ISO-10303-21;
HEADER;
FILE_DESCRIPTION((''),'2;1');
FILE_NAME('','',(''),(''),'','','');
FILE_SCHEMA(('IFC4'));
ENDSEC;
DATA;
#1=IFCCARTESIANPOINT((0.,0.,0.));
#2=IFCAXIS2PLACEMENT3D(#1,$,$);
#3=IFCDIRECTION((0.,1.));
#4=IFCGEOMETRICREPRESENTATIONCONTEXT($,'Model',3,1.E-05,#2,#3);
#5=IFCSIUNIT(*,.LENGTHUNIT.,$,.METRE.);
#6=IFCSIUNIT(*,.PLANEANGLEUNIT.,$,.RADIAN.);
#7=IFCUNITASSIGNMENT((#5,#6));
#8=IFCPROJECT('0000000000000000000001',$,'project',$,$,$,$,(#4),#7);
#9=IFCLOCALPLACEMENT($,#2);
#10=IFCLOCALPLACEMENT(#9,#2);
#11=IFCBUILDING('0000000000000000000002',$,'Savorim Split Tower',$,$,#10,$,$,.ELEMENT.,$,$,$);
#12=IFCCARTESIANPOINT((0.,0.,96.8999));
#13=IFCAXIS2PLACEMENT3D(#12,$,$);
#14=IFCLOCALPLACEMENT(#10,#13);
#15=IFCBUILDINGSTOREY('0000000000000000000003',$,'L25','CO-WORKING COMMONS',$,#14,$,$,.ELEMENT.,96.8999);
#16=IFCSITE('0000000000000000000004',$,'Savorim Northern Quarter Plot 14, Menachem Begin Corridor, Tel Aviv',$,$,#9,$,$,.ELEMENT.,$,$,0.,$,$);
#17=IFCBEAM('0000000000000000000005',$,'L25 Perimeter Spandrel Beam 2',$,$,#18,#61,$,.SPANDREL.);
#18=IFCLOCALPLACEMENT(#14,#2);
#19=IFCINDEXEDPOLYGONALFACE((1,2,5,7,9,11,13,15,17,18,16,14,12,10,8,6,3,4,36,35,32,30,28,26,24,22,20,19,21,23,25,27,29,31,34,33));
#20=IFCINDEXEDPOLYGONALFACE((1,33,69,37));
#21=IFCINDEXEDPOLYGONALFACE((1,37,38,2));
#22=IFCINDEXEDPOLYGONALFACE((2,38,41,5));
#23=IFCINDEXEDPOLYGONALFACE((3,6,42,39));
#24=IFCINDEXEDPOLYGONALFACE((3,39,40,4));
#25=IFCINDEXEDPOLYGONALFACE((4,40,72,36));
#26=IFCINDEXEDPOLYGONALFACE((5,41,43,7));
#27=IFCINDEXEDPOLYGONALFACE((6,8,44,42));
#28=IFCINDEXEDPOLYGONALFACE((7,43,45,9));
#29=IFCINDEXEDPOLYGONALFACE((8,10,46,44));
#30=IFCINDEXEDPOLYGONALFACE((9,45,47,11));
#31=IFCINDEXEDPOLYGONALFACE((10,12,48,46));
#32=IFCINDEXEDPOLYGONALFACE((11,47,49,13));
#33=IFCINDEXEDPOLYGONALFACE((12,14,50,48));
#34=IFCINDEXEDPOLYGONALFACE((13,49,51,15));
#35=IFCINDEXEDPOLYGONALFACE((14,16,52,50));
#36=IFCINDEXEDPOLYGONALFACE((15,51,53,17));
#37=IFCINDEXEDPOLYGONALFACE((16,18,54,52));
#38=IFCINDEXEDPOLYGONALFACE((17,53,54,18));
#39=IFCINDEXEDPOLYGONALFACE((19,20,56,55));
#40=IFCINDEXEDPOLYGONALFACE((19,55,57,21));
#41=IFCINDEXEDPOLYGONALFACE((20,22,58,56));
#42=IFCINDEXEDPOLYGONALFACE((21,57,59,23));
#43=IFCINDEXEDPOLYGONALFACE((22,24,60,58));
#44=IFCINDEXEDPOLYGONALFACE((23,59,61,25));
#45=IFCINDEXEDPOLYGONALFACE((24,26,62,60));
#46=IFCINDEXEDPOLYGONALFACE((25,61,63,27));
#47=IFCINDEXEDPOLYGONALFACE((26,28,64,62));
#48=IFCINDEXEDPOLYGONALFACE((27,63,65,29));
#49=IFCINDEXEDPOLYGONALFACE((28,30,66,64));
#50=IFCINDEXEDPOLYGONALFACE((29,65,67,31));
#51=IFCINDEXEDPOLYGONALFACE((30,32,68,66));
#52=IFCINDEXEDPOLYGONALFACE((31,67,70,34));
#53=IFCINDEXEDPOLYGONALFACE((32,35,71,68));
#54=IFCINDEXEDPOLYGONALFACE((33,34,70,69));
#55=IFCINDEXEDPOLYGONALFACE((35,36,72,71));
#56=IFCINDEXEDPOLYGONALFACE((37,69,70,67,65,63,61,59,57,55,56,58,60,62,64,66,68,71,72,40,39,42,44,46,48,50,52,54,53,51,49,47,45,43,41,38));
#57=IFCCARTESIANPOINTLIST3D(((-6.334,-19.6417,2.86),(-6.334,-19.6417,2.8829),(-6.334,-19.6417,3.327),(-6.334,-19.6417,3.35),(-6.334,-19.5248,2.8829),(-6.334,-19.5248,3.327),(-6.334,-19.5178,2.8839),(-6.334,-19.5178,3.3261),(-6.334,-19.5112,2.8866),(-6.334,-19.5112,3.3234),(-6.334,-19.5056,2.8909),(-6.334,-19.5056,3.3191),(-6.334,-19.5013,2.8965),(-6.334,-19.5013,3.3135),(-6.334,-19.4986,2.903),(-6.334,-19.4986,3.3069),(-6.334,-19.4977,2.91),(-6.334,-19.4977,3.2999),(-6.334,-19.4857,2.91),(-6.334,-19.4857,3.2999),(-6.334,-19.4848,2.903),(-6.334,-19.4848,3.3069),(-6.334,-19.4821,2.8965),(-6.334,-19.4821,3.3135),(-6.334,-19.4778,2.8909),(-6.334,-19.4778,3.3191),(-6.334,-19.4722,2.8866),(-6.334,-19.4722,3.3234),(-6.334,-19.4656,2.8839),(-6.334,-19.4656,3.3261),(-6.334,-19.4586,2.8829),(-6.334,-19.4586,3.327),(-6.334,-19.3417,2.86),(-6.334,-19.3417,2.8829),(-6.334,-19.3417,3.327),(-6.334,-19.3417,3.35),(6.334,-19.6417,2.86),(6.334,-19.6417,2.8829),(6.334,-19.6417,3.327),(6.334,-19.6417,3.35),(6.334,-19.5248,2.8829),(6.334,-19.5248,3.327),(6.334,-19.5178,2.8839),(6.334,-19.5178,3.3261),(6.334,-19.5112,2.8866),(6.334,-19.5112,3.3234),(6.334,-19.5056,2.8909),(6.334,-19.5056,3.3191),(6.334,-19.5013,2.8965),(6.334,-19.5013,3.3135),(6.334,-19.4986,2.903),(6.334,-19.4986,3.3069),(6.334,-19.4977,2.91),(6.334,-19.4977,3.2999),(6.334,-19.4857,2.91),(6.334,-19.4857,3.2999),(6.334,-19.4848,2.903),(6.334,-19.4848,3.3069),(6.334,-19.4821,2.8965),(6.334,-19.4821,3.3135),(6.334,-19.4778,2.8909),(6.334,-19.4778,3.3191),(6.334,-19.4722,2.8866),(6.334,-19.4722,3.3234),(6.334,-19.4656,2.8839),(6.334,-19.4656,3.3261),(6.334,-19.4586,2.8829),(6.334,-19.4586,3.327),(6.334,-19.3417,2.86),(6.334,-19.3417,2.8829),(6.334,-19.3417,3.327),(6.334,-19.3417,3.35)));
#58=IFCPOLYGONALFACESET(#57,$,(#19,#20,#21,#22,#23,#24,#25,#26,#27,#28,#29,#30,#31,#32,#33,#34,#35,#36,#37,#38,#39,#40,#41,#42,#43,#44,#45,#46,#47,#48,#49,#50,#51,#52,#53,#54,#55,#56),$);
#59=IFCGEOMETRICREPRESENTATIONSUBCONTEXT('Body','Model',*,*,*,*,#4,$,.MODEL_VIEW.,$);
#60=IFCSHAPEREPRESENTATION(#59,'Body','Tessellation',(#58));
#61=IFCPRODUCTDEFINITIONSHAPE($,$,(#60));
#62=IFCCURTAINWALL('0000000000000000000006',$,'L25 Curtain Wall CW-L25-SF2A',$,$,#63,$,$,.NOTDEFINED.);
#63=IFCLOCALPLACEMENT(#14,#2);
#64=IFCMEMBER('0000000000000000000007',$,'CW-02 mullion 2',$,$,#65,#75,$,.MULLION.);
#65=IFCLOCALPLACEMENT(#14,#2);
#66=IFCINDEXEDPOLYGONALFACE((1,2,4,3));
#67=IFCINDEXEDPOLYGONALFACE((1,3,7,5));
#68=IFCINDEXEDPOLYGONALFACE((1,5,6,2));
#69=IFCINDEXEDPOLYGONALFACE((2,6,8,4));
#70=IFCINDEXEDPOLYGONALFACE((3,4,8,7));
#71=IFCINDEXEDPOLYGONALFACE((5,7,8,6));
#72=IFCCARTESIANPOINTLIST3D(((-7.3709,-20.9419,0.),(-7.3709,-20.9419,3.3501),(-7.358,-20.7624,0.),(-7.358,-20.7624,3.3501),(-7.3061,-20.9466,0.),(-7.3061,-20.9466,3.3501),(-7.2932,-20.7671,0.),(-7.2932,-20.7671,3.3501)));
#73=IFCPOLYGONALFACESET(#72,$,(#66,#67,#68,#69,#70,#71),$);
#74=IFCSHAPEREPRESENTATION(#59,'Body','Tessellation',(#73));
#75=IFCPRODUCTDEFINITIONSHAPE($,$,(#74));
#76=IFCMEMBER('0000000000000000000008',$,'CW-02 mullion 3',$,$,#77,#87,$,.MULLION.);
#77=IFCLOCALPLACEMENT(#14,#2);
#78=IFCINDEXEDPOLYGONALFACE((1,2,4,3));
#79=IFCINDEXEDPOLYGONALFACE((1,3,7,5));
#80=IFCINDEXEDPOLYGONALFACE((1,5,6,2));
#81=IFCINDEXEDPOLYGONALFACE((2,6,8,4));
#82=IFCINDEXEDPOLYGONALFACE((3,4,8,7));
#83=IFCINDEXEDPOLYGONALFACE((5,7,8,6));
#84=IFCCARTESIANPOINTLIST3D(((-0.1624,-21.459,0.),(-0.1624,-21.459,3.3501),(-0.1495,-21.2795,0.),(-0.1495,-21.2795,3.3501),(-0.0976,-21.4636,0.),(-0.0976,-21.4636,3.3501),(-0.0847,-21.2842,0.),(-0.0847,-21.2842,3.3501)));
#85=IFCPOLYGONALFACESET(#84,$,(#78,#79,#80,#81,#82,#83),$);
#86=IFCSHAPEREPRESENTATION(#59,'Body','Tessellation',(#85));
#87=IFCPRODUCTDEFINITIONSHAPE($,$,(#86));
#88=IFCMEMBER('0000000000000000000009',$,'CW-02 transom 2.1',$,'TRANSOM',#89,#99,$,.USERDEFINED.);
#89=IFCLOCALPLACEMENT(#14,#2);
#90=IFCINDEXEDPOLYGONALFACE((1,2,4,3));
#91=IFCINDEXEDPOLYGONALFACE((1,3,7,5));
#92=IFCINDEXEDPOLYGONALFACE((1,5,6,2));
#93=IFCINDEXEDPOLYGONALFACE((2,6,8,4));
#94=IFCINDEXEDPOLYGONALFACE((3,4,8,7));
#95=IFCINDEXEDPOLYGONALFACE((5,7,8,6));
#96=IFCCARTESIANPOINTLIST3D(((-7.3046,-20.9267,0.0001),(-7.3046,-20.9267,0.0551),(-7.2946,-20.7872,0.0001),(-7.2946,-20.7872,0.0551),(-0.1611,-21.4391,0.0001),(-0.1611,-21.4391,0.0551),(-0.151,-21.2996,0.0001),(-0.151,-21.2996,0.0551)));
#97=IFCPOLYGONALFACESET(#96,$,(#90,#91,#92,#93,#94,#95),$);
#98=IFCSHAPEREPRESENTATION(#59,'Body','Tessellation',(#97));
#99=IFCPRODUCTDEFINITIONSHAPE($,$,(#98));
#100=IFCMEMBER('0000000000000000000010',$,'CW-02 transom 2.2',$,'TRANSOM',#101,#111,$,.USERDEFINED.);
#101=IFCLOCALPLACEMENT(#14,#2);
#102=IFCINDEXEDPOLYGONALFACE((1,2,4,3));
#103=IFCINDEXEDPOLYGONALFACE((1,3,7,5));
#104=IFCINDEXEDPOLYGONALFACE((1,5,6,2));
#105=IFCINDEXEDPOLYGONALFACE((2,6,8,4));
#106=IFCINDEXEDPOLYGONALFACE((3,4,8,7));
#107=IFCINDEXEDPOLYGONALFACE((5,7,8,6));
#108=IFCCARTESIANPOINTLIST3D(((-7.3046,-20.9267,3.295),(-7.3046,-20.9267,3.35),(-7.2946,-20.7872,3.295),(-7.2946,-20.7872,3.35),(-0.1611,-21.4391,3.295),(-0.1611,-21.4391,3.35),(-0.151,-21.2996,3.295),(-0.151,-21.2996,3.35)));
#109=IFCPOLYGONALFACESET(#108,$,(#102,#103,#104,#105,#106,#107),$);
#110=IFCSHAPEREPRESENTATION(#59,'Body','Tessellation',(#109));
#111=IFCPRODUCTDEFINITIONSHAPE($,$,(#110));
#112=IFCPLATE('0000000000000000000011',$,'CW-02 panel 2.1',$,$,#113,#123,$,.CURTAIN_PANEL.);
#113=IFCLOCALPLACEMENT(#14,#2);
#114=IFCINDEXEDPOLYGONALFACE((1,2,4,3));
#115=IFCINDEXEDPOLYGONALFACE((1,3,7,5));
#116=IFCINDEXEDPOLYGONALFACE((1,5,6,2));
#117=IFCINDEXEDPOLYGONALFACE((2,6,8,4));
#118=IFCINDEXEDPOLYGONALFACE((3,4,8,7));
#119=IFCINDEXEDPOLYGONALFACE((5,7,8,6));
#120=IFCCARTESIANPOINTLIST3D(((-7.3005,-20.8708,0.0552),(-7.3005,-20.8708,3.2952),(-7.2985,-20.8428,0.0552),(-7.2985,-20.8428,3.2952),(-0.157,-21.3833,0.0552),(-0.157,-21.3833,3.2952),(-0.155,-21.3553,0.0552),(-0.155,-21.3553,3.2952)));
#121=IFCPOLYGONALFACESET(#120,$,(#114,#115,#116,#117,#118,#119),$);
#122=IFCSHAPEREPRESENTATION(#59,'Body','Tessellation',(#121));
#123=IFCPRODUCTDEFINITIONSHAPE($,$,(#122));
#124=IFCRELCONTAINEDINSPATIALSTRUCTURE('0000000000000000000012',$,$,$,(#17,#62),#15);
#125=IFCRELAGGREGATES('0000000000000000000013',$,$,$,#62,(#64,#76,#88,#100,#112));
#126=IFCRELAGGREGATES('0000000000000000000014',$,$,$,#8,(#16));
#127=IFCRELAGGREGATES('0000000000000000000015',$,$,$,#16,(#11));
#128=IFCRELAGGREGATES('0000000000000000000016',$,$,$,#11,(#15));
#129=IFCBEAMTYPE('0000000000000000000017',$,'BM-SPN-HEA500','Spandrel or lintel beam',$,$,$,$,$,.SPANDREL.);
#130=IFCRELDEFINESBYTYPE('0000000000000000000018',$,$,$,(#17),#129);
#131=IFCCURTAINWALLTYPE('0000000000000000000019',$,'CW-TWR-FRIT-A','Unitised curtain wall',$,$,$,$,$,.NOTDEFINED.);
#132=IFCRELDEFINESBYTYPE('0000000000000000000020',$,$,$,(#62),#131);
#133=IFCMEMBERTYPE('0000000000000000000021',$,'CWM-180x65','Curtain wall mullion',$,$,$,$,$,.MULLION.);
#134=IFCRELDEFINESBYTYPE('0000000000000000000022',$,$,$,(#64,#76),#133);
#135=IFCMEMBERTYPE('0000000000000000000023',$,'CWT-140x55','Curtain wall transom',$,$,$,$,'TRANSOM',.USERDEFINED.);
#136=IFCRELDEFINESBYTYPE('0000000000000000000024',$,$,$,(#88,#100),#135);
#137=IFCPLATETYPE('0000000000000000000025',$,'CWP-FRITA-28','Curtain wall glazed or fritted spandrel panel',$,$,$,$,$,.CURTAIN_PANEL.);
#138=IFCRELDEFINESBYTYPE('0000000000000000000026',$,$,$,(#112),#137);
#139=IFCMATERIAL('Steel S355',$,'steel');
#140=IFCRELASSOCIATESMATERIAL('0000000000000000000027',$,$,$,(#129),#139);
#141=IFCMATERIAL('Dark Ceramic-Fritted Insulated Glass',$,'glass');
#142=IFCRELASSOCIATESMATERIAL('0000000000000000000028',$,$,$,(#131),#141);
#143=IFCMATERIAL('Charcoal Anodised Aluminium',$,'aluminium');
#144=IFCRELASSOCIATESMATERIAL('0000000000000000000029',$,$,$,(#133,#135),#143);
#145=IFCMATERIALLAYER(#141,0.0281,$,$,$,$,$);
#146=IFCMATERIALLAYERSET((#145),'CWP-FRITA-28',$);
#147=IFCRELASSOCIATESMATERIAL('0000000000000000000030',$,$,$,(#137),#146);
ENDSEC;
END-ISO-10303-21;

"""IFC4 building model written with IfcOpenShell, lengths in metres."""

from ifc_helpers import new_model, si_unit, direction, frame, origin, origin_2d, place, context, subcontext, project, spatial, rectangle, i_section, extrude, material, layer, layer_set, material_profile, profile_set, type_object, element, aggregate, save


model = new_model("IFC4")

# Units and contexts
model_context = context("Model", 3, precision=1e-05, world=origin(), true_north=direction((0.0, 1.0)))
body_context = subcontext(model_context, "Body", "Model", "MODEL_VIEW")
ifc_project = project(units=[si_unit("LENGTHUNIT", "METRE"), si_unit("PLANEANGLEUNIT", "RADIAN")], contexts=[model_context])

# Site, building, storey
site_placement = place(None, origin())
site = spatial("IfcSite", under=ifc_project, at=site_placement, Name="Savorim Northern Quarter Plot 14, Menachem Begin Corridor, Tel Aviv", CompositionType="ELEMENT", RefElevation=0.0)
building_placement = place(site_placement, origin())
building = spatial("IfcBuilding", under=site, at=building_placement, Name="Savorim Split Tower", CompositionType="ELEMENT")
storey_placement = place(building_placement, frame((0.0, 0.0, 96.8999)))
storey = spatial("IfcBuildingStorey", under=building, at=storey_placement, Name="L25", Description="CO-WORKING COMMONS", CompositionType="ELEMENT", Elevation=96.8999)

# Beam
ifc_material_1 = material(Name="Steel S355", Category="steel")
ifc_material_profile_1 = material_profile(ifc_material_1, i_section(OverallWidth=0.3, OverallDepth=0.49, WebThickness=0.012, FlangeThickness=0.0229, FilletRadius=0.0271, at=origin_2d()), Name="HEA 500")
ifc_profile_set_1 = profile_set([ifc_material_profile_1], Name="Steel S355")
beam_type_1 = type_object("IfcBeamType", Name="BM-SPN-HEA500", Description="Spandrel or lintel beam", PredefinedType="SPANDREL", material=ifc_profile_set_1)
beam_1_placement = place(storey_placement, frame((-6.334, -19.4917, 3.105), z_axis=(1.0, 0.0, 0.0), x_axis=(0.0, 1.0, 0.0)))
element("IfcBeam", 1, at=beam_1_placement, inside=storey, type_object=beam_type_1, Name="L25 Perimeter Spandrel Beam 2", PredefinedType="SPANDREL", context=body_context, shape_type="SweptSolid", body=[
    extrude(i_section(OverallWidth=0.3, OverallDepth=0.49, WebThickness=0.012, FlangeThickness=0.0229, FilletRadius=0.0271, at=origin_2d()), origin(), (0.0, 0.0, 1.0), 12.668),
])

# Curtain wall, members, plate
ifc_material_2 = material(Name="Dark Ceramic-Fritted Insulated Glass", Category="glass")
curtain_wall_type = type_object("IfcCurtainWallType", Name="CW-TWR-FRIT-A", Description="Unitised curtain wall", PredefinedType="NOTDEFINED", material=ifc_material_2)
curtain_wall_placement = place(storey_placement, origin())
curtain_wall = element("IfcCurtainWall", 2, at=curtain_wall_placement, inside=storey, type_object=curtain_wall_type, Name="L25 Curtain Wall CW-L25-SF2A", PredefinedType="NOTDEFINED")
ifc_material_3 = material(Name="Charcoal Anodised Aluminium", Category="aluminium")
ifc_material_profile_2 = material_profile(ifc_material_3, rectangle(XDim=0.1799, YDim=0.0649, at=origin_2d()), Name="ALU-M 180x65")
ifc_profile_set_2 = profile_set([ifc_material_profile_2], Name="Charcoal Anodised Aluminium")
member_type_1 = type_object("IfcMemberType", Name="CWM-180x65", Description="Curtain wall mullion", PredefinedType="MULLION", material=ifc_profile_set_2)
member_1_placement = place(storey_placement, frame((-7.332, -20.8545, 0.0), z_axis=(0.0, 0.0, 1.0), x_axis=(0.071562, 0.997436, 0.0)))
member_1 = element("IfcMember", 3, at=member_1_placement, type_object=member_type_1, Name="CW-02 mullion 2", PredefinedType="MULLION", context=body_context, shape_type="SweptSolid", body=[
    extrude(rectangle(XDim=0.1799, YDim=0.0649, at=origin_2d()), origin(), (0.0, 0.0, 1.0), 3.3501),
])
member_2_placement = place(storey_placement, frame((-0.1235, -21.3716, 0.0), z_axis=(0.0, 0.0, 1.0), x_axis=(0.071562, 0.997436, 0.0)))
member_2 = element("IfcMember", 4, at=member_2_placement, type_object=member_type_1, Name="CW-02 mullion 3", PredefinedType="MULLION", context=body_context, shape_type="SweptSolid", body=[
    extrude(rectangle(XDim=0.1799, YDim=0.0649, at=origin_2d()), origin(), (0.0, 0.0, 1.0), 3.3501),
])
ifc_material_profile_3 = material_profile(ifc_material_3, rectangle(XDim=0.1399, YDim=0.0549, at=origin_2d()), Name="ALU-T 140x55")
ifc_profile_set_3 = profile_set([ifc_material_profile_3], Name="Charcoal Anodised Aluminium")
member_type_2 = type_object("IfcMemberType", Name="CWT-140x55", Description="Curtain wall transom", ElementType="TRANSOM", PredefinedType="USERDEFINED", material=ifc_profile_set_3)
member_3_placement = place(storey_placement, frame((-7.2996, -20.8569, 0.0276), z_axis=(0.997437, -0.071552, 0.0), x_axis=(0.071552, 0.997437, 0.0)))
member_3 = element("IfcMember", 5, at=member_3_placement, type_object=member_type_2, Name="CW-02 transom 2.1", ObjectType="TRANSOM", PredefinedType="USERDEFINED", context=body_context, shape_type="SweptSolid", body=[
    extrude(rectangle(XDim=0.1399, YDim=0.0549, at=origin_2d()), origin(), (0.0, 0.0, 1.0), 7.1619),
])
member_4_placement = place(storey_placement, frame((-7.2996, -20.8569, 3.3225), z_axis=(0.997437, -0.071552, 0.0), x_axis=(0.071552, 0.997437, 0.0)))
member_4 = element("IfcMember", 6, at=member_4_placement, type_object=member_type_2, Name="CW-02 transom 2.2", ObjectType="TRANSOM", PredefinedType="USERDEFINED", context=body_context, shape_type="SweptSolid", body=[
    extrude(rectangle(XDim=0.1399, YDim=0.0549, at=origin_2d()), origin(), (0.0, 0.0, 1.0), 7.1619),
])
ifc_layer_1 = layer(ifc_material_2, 0.0281)
ifc_layer_set_1 = layer_set([ifc_layer_1], Name="CWP-FRITA-28")
plate_type = type_object("IfcPlateType", Name="CWP-FRITA-28", Description="Curtain wall glazed or fritted spandrel panel", PredefinedType="CURTAIN_PANEL", material=ifc_layer_set_1)
plate_placement = place(storey_placement, frame((-3.7278, -21.113, 0.0552), z_axis=(0.0, 0.0, 1.0), x_axis=(0.997436, -0.071562, 0.0)))
plate = element("IfcPlate", 7, at=plate_placement, type_object=plate_type, Name="CW-02 panel 2.1", PredefinedType="CURTAIN_PANEL", context=body_context, shape_type="SweptSolid", body=[
    extrude(rectangle(XDim=7.1619, YDim=0.0281, at=origin_2d()), origin(), (0.0, 0.0, 1.0), 3.24),
])
aggregate(curtain_wall, [member_1, member_2, member_3, member_4, plate])

save(model, "model.ifc")
